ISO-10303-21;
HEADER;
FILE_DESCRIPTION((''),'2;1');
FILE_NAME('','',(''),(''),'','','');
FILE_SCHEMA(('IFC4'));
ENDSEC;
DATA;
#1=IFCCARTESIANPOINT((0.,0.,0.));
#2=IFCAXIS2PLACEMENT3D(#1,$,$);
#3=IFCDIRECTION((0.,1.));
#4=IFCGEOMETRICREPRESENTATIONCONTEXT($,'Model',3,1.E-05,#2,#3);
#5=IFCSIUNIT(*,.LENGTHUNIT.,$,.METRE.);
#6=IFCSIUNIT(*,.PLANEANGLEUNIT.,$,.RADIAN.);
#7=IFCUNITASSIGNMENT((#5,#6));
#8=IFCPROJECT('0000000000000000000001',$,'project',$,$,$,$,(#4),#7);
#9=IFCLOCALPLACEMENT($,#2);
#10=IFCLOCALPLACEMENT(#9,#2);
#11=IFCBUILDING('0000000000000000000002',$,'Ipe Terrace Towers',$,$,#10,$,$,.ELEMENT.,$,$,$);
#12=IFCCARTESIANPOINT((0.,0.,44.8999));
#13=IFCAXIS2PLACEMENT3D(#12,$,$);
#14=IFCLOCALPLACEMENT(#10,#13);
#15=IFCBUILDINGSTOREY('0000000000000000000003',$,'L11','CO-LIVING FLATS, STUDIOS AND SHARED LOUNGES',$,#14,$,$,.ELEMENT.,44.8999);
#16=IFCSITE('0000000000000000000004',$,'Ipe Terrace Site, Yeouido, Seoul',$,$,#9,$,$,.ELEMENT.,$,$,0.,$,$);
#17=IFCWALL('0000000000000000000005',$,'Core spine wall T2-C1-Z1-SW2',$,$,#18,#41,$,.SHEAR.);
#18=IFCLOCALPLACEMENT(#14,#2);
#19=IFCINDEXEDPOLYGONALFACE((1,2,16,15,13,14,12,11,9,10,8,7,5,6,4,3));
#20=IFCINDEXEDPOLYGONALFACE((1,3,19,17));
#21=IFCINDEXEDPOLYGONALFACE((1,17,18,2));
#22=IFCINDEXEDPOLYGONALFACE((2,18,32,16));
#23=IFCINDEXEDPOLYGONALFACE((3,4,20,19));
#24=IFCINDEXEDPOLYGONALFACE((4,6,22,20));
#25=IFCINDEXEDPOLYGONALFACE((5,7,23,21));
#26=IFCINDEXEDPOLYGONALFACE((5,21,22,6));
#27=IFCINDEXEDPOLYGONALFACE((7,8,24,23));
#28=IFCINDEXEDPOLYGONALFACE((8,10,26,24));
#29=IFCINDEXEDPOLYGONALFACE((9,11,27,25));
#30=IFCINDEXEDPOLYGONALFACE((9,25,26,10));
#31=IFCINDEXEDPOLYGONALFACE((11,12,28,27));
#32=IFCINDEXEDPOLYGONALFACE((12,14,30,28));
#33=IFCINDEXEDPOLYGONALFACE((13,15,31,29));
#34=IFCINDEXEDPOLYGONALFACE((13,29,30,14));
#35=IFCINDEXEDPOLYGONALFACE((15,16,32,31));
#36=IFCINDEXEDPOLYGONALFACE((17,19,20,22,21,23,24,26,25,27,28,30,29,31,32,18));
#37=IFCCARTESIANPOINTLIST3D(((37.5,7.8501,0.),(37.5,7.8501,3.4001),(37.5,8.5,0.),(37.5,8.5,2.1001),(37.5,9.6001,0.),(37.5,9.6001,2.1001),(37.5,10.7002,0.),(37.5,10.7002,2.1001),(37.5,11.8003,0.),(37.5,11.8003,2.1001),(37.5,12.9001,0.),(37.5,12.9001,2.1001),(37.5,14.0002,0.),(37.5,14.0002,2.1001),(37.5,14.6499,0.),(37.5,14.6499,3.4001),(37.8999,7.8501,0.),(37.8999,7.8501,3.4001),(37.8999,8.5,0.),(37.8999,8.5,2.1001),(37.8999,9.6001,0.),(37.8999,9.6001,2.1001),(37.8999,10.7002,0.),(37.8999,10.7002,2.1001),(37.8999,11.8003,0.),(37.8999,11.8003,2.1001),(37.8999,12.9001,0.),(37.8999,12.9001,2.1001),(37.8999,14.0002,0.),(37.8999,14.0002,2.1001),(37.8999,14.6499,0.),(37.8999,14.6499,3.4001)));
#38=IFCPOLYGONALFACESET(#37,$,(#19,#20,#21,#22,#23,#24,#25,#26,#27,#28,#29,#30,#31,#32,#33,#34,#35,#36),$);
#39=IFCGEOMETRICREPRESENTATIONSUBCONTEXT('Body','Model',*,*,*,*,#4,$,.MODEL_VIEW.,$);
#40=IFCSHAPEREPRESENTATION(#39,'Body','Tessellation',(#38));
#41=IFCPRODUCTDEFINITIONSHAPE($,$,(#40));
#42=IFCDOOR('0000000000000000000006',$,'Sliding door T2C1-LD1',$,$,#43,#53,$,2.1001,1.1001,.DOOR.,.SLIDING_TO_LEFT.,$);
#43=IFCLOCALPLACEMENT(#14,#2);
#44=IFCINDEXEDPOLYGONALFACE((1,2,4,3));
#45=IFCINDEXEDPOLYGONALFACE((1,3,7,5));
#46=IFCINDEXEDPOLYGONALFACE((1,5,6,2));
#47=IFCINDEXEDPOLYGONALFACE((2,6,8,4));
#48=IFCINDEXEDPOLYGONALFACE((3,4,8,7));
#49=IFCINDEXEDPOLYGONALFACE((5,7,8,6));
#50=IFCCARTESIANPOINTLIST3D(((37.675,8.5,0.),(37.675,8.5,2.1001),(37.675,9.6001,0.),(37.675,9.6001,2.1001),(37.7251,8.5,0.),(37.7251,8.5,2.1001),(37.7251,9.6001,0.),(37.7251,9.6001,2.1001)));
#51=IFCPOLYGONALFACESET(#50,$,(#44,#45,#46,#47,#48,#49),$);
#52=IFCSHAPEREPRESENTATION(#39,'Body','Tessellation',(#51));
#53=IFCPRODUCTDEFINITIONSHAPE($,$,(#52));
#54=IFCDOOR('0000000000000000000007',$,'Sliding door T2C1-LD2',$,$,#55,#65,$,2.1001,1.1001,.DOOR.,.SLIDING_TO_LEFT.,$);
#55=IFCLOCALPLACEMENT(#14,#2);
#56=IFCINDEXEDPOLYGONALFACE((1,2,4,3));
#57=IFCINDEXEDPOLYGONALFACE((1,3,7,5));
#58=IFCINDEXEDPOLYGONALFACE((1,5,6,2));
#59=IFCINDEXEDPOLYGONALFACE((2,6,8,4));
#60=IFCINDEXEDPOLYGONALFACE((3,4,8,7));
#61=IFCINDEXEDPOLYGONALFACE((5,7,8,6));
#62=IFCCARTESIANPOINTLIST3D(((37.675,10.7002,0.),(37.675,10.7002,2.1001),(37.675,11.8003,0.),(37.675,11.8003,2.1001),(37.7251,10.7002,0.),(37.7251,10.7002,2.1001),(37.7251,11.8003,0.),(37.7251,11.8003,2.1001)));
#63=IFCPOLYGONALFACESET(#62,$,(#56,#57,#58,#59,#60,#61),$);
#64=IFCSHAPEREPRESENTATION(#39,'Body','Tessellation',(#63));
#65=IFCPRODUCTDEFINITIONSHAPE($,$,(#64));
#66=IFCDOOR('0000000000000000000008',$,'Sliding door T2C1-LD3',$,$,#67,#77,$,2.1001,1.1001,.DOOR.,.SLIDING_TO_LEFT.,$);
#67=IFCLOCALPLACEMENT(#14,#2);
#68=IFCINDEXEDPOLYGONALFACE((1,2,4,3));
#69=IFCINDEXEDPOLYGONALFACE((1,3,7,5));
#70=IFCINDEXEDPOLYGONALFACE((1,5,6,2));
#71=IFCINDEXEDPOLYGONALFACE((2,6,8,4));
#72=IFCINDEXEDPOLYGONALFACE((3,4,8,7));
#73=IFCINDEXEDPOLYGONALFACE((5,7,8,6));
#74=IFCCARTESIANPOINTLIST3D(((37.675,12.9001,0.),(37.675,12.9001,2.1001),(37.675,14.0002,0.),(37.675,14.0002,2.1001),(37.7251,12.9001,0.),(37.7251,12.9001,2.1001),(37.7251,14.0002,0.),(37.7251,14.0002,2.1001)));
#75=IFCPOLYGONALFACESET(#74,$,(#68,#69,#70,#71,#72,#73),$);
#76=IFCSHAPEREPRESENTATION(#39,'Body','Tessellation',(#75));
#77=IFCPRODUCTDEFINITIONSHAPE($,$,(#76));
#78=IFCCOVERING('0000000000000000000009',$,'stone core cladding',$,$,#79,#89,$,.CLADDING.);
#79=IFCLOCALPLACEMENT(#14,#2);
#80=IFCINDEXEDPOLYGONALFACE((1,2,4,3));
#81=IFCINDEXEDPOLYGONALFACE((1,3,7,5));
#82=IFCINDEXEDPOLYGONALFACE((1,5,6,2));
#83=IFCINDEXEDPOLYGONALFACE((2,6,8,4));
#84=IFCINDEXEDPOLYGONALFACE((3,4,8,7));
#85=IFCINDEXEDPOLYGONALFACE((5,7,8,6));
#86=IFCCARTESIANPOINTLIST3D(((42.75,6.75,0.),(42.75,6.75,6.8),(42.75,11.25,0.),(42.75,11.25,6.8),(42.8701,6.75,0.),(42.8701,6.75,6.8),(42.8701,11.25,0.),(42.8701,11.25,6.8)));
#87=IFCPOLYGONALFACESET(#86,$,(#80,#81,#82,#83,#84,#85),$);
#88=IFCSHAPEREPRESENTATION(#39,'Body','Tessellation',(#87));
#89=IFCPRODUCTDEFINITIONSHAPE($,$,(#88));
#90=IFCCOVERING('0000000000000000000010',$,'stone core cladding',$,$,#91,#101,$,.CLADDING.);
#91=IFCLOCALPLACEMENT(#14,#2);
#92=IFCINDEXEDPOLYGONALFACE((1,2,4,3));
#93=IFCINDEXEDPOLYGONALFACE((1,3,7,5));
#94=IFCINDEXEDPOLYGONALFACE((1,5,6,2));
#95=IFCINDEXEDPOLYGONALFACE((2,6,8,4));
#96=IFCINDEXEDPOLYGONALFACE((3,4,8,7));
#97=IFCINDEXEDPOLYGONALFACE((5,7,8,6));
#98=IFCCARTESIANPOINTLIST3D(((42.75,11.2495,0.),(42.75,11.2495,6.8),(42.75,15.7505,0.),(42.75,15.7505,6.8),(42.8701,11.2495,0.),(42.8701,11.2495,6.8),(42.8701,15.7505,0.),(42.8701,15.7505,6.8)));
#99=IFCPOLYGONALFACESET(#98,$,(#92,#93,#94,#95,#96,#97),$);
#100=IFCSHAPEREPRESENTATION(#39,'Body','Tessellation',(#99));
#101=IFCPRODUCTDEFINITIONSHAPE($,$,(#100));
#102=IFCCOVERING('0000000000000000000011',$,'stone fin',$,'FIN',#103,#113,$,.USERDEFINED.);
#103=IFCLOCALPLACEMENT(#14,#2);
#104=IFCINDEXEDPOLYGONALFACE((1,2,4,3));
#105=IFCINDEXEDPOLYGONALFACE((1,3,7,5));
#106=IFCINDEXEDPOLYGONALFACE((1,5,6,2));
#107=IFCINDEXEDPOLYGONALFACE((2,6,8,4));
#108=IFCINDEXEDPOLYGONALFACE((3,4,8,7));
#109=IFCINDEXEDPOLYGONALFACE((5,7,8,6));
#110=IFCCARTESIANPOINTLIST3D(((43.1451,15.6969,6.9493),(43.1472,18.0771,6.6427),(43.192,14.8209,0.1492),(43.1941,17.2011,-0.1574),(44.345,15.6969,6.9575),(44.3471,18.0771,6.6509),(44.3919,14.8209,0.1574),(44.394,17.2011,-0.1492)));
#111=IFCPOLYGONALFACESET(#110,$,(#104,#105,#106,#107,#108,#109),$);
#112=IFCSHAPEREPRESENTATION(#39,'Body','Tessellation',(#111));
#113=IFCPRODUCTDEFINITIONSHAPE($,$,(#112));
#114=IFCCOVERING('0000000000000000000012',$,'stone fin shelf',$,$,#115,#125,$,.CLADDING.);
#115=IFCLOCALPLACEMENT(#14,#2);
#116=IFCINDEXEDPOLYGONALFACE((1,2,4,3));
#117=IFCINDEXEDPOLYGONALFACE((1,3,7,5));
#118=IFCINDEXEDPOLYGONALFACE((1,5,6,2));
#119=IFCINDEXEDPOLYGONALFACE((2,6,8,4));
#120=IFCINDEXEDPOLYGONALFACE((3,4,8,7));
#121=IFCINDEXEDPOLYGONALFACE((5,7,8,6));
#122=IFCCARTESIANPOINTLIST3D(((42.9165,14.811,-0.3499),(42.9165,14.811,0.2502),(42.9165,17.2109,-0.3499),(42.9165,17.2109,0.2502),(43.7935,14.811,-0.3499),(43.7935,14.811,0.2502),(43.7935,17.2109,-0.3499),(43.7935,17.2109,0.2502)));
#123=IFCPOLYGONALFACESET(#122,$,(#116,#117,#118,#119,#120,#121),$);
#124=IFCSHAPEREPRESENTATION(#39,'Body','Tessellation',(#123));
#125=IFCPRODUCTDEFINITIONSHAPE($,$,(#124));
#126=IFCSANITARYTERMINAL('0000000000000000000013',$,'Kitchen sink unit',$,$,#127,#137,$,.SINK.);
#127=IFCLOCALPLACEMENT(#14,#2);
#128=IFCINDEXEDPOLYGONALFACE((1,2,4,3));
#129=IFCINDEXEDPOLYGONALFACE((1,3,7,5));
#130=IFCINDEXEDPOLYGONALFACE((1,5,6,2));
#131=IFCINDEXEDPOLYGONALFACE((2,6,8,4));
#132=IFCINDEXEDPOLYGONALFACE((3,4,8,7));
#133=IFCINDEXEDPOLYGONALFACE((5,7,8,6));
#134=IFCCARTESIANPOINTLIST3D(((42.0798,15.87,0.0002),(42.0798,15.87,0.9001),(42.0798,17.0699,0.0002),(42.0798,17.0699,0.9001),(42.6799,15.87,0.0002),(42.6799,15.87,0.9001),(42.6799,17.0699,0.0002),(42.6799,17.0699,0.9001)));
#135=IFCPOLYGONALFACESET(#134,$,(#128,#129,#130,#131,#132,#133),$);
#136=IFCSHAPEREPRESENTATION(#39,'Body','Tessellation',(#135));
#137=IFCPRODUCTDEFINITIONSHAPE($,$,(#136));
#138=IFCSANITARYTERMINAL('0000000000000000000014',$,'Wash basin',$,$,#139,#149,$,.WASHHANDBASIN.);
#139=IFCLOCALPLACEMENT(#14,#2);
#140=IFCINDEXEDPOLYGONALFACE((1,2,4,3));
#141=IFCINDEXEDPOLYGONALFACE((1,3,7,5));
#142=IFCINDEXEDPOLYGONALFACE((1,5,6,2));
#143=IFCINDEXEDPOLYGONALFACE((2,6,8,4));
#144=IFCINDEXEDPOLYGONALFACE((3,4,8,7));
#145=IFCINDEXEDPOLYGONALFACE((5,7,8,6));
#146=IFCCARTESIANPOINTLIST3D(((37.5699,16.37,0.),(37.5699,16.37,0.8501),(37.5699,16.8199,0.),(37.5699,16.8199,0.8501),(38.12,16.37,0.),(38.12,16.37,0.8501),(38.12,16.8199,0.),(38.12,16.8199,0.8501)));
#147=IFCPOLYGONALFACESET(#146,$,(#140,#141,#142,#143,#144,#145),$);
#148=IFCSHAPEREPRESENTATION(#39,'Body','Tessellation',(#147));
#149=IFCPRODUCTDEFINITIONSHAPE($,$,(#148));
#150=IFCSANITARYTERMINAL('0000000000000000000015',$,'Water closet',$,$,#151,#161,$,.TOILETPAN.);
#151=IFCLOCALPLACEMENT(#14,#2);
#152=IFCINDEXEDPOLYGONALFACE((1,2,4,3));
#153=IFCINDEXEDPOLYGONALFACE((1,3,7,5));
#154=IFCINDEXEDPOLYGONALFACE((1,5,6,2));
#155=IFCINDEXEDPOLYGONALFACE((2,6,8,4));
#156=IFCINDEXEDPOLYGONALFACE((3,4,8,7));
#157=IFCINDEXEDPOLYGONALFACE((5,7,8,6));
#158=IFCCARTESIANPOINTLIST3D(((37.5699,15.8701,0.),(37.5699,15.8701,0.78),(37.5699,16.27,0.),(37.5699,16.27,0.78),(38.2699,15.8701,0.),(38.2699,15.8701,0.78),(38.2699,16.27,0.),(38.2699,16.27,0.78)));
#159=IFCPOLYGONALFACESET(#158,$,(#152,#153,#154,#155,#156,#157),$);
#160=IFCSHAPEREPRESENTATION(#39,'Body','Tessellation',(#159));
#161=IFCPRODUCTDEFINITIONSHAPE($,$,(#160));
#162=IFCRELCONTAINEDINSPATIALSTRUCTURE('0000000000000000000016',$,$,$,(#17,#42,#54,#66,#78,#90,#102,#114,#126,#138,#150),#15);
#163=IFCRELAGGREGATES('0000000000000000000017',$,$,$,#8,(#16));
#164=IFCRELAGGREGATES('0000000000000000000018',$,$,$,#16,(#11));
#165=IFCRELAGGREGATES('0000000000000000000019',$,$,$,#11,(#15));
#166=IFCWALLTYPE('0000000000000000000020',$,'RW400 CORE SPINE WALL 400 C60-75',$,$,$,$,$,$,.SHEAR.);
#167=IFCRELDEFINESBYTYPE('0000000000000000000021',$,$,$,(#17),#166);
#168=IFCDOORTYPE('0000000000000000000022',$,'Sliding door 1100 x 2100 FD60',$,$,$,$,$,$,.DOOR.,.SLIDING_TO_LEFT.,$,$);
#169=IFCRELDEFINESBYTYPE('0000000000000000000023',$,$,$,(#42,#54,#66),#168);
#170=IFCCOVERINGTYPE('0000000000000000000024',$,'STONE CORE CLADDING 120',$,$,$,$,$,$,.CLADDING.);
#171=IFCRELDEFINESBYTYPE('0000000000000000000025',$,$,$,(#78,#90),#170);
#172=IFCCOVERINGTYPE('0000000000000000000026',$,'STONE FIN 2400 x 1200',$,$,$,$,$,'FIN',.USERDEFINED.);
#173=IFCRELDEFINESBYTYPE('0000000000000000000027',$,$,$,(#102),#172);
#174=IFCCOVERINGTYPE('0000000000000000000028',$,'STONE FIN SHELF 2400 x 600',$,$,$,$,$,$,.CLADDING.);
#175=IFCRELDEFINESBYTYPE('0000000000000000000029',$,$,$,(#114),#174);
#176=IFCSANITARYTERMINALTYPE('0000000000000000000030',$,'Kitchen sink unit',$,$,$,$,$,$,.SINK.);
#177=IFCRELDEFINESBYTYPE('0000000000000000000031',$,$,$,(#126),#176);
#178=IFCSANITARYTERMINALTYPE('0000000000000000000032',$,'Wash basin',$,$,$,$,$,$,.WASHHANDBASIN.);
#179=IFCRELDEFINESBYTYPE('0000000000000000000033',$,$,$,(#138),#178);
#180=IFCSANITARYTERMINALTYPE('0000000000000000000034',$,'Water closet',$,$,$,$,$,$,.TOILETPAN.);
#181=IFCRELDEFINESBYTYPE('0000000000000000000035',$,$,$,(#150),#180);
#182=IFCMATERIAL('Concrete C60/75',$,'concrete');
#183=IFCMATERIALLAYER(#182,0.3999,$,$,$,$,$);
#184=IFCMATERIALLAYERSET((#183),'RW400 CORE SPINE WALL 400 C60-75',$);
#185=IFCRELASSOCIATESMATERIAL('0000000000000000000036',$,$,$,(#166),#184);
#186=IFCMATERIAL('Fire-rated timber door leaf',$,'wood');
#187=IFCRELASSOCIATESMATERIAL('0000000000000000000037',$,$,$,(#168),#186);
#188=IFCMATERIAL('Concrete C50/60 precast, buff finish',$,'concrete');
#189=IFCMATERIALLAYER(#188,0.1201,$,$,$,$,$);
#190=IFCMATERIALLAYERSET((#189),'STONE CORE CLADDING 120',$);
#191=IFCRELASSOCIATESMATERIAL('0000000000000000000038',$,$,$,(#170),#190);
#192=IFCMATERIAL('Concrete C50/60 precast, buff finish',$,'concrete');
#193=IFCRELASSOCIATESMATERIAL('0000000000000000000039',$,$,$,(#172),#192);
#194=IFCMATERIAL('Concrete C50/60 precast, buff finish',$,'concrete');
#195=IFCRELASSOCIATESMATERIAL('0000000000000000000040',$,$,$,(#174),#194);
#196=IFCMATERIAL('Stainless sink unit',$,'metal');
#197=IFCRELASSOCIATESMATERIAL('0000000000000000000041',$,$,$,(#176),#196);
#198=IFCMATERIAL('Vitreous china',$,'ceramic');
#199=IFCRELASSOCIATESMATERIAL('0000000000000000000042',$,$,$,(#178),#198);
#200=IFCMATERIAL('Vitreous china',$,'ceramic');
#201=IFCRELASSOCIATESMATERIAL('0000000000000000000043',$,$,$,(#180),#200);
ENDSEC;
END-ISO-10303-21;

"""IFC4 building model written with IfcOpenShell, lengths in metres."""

from ifc_helpers import new_model, si_unit, direction, frame, frame_2d, origin, origin_2d, place, context, subcontext, project, spatial, rectangle, extrude, material, layer, layer_set, material_profile, profile_set, type_object, element, fill, save


model = new_model("IFC4")

# Units and contexts
model_context = context("Model", 3, precision=1e-05, world=origin(), true_north=direction((0.0, 1.0)))
body_context = subcontext(model_context, "Body", "Model", "MODEL_VIEW")
ifc_project = project(units=[si_unit("LENGTHUNIT", "METRE"), si_unit("PLANEANGLEUNIT", "RADIAN")], contexts=[model_context])

# Site, building, storey
site_placement = place(None, origin())
site = spatial("IfcSite", under=ifc_project, at=site_placement, Name="Ipe Terrace Site, Yeouido, Seoul", CompositionType="ELEMENT", RefElevation=0.0)
building_placement = place(site_placement, origin())
building = spatial("IfcBuilding", under=site, at=building_placement, Name="Ipe Terrace Towers", CompositionType="ELEMENT")
storey_placement = place(building_placement, frame((0.0, 0.0, 44.8999)))
storey = spatial("IfcBuildingStorey", under=building, at=storey_placement, Name="L11", Description="CO-LIVING FLATS, STUDIOS AND SHARED LOUNGES", CompositionType="ELEMENT", Elevation=44.8999)

# Wall, openings, doors
ifc_material_1 = material(Name="Concrete C60/75", Category="concrete")
ifc_layer_1 = layer(ifc_material_1, 0.3999)
ifc_layer_set_1 = layer_set([ifc_layer_1], Name="RW400 CORE SPINE WALL 400 C60-75")
wall_type_1 = type_object("IfcWallType", Name="RW400 CORE SPINE WALL 400 C60-75", PredefinedType="SHEAR", material=ifc_layer_set_1)
wall_1_placement = place(storey_placement, frame((37.7, 7.8501, 0.0), z_axis=(0.0, 0.0, 1.0), x_axis=(0.0, 1.0, 0.0)))
wall_1 = element("IfcWall", 1, at=wall_1_placement, inside=storey, type_object=wall_type_1, Name="Core spine wall T2-C1-Z1-SW2", PredefinedType="SHEAR", context=body_context, shape_type="SweptSolid", body=[
    extrude(rectangle(XDim=6.7998, YDim=0.3999, at=frame_2d((3.3999, 0.0))), origin(), (0.0, 0.0, 1.0), 3.4001),
])
opening_1_placement = place(wall_1_placement, frame((0.6499, 0.0, 0.0)))
opening_1 = element("IfcOpeningElement", 2, at=opening_1_placement, cuts=wall_1, PredefinedType="OPENING", context=body_context, shape_type="SweptSolid", body=[
    extrude(rectangle(XDim=1.1001, YDim=2.1001, at=frame_2d((0.55, 1.05))), frame((0.0, 0.21, 0.0), z_axis=(0.0, -1.0, 0.0), x_axis=(1.0, 0.0, 0.0)), (0.0, 0.0, 1.0), 0.4199),
])
opening_2_placement = place(wall_1_placement, frame((2.8501, 0.0, 0.0)))
opening_2 = element("IfcOpeningElement", 3, at=opening_2_placement, cuts=wall_1, PredefinedType="OPENING", context=body_context, shape_type="SweptSolid", body=[
    extrude(rectangle(XDim=1.1001, YDim=2.1001, at=frame_2d((0.55, 1.05))), frame((0.0, 0.21, 0.0), z_axis=(0.0, -1.0, 0.0), x_axis=(1.0, 0.0, 0.0)), (0.0, 0.0, 1.0), 0.4199),
])
opening_3_placement = place(wall_1_placement, frame((5.05, 0.0, 0.0)))
opening_3 = element("IfcOpeningElement", 4, at=opening_3_placement, cuts=wall_1, PredefinedType="OPENING", context=body_context, shape_type="SweptSolid", body=[
    extrude(rectangle(XDim=1.1001, YDim=2.1001, at=frame_2d((0.55, 1.05))), frame((0.0, 0.21, 0.0), z_axis=(0.0, -1.0, 0.0), x_axis=(1.0, 0.0, 0.0)), (0.0, 0.0, 1.0), 0.4199),
])
ifc_material_2 = material(Name="Fire-rated timber door leaf", Category="wood")
door_type_1 = type_object("IfcDoorType", Name="Sliding door 1100 x 2100 FD60", OperationType="SLIDING_TO_LEFT", PredefinedType="DOOR", material=ifc_material_2)
door_1_placement = place(opening_1_placement, origin())
door_1 = element("IfcDoor", 5, at=door_1_placement, inside=storey, type_object=door_type_1, Name="Sliding door T2C1-LD1", OperationType="SLIDING_TO_LEFT", OverallHeight=2.1001, OverallWidth=1.1001, PredefinedType="DOOR", context=body_context, shape_type="SweptSolid", body=[
    extrude(rectangle(XDim=1.1001, YDim=2.1001, at=frame_2d((0.55, 1.05))), frame((0.0, 0.0249, 0.0), z_axis=(0.0, -1.0, 0.0), x_axis=(1.0, 0.0, 0.0)), (0.0, 0.0, 1.0), 0.05),
])
fill(opening_1, door_1)
door_2_placement = place(opening_2_placement, origin())
door_2 = element("IfcDoor", 6, at=door_2_placement, inside=storey, type_object=door_type_1, Name="Sliding door T2C1-LD2", OperationType="SLIDING_TO_LEFT", OverallHeight=2.1001, OverallWidth=1.1001, PredefinedType="DOOR", context=body_context, shape_type="SweptSolid", body=[
    extrude(rectangle(XDim=1.1001, YDim=2.1001, at=frame_2d((0.55, 1.05))), frame((0.0, 0.0249, 0.0), z_axis=(0.0, -1.0, 0.0), x_axis=(1.0, 0.0, 0.0)), (0.0, 0.0, 1.0), 0.05),
])
fill(opening_2, door_2)
door_3_placement = place(opening_3_placement, origin())
door_3 = element("IfcDoor", 7, at=door_3_placement, inside=storey, type_object=door_type_1, Name="Sliding door T2C1-LD3", OperationType="SLIDING_TO_LEFT", OverallHeight=2.1001, OverallWidth=1.1001, PredefinedType="DOOR", context=body_context, shape_type="SweptSolid", body=[
    extrude(rectangle(XDim=1.1001, YDim=2.1001, at=frame_2d((0.55, 1.05))), frame((0.0, 0.0249, 0.0), z_axis=(0.0, -1.0, 0.0), x_axis=(1.0, 0.0, 0.0)), (0.0, 0.0, 1.0), 0.05),
])
fill(opening_3, door_3)

# Coverings
ifc_material_3 = material(Name="Concrete C50/60 precast, buff finish", Category="concrete")
ifc_layer_2 = layer(ifc_material_3, 0.1201)
ifc_layer_set_2 = layer_set([ifc_layer_2], Name="STONE CORE CLADDING 120")
covering_type_1 = type_object("IfcCoveringType", Name="STONE CORE CLADDING 120", PredefinedType="CLADDING", material=ifc_layer_set_2)
covering_1_placement = place(storey_placement, frame((42.8101, 9.0, 0.0), z_axis=(0.0, 0.0, 1.0), x_axis=(0.0, 1.0, 0.0)))
element("IfcCovering", 8, at=covering_1_placement, inside=storey, type_object=covering_type_1, Name="stone core cladding", PredefinedType="CLADDING", context=body_context, shape_type="SweptSolid", body=[
    extrude(rectangle(XDim=4.5, YDim=0.1201, at=origin_2d()), origin(), (0.0, 0.0, 1.0), 6.8),
])
covering_2_placement = place(storey_placement, frame((42.8101, 13.5, 0.0), z_axis=(0.0, 0.0, 1.0), x_axis=(0.0, 1.0, 0.0)))
element("IfcCovering", 9, at=covering_2_placement, inside=storey, type_object=covering_type_1, Name="stone core cladding", PredefinedType="CLADDING", context=body_context, shape_type="SweptSolid", body=[
    extrude(rectangle(XDim=4.501, YDim=0.1201, at=origin_2d()), origin(), (0.0, 0.0, 1.0), 6.8),
])
ifc_material_4 = material(Name="Concrete C50/60 precast, buff finish", Category="concrete")
ifc_material_profile_1 = material_profile(ifc_material_4, rectangle(XDim=2.3999, YDim=1.2, at=origin_2d()), Name="STONE FIN 2400 x 1200")
ifc_profile_set_1 = profile_set([ifc_material_profile_1], Name="Concrete C50/60 precast, buff finish")
covering_type_2 = type_object("IfcCoveringType", Name="STONE FIN 2400 x 1200", ElementType="FIN", PredefinedType="USERDEFINED", material=ifc_profile_set_1)
covering_3_placement = place(storey_placement, frame((43.793, 16.011, 0.0), z_axis=(-0.006837, 0.12776, 0.991781), x_axis=(0.000881, 0.991805, -0.127757)))
element("IfcCovering", 10, at=covering_3_placement, inside=storey, type_object=covering_type_2, Name="stone fin", ObjectType="FIN", PredefinedType="USERDEFINED", context=body_context, shape_type="SweptSolid", body=[
    extrude(rectangle(XDim=2.3999, YDim=1.2, at=origin_2d()), origin(), (0.0, 0.0, 1.0), 6.8564),
])
ifc_material_5 = material(Name="Concrete C50/60 precast, buff finish", Category="concrete")
covering_type_3 = type_object("IfcCoveringType", Name="STONE FIN SHELF 2400 x 600", PredefinedType="CLADDING", material=ifc_material_5)
covering_4_placement = place(storey_placement, frame((43.355, 16.011, -0.3499), z_axis=(0.0, 0.0, 1.0), x_axis=(0.0, 1.0, 0.0)))
element("IfcCovering", 11, at=covering_4_placement, inside=storey, type_object=covering_type_3, Name="stone fin shelf", PredefinedType="CLADDING", context=body_context, shape_type="SweptSolid", body=[
    extrude(rectangle(XDim=2.3999, YDim=0.877, at=origin_2d()), origin(), (0.0, 0.0, 1.0), 0.6001),
])

# Sanitary terminals
ifc_material_6 = material(Name="Stainless sink unit", Category="metal")
sanitary_terminal_type_1 = type_object("IfcSanitaryTerminalType", Name="Kitchen sink unit", PredefinedType="SINK", material=ifc_material_6)
sanitary_terminal_1_placement = place(storey_placement, frame((42.3799, 16.47, 0.0002), z_axis=(0.0, 0.0, 1.0), x_axis=(0.0, -1.0, 0.0)))
element("IfcSanitaryTerminal", 12, at=sanitary_terminal_1_placement, inside=storey, type_object=sanitary_terminal_type_1, Name="Kitchen sink unit", PredefinedType="SINK", context=body_context, shape_type="SweptSolid", body=[
    extrude(rectangle(XDim=1.2, YDim=0.6001, at=origin_2d()), origin(), (0.0, 0.0, 1.0), 0.8999),
])
ifc_material_7 = material(Name="Vitreous china", Category="ceramic")
sanitary_terminal_type_2 = type_object("IfcSanitaryTerminalType", Name="Wash basin", PredefinedType="WASHHANDBASIN", material=ifc_material_7)
sanitary_terminal_2_placement = place(storey_placement, frame((37.845, 16.595, 0.0), z_axis=(0.0, 0.0, 1.0), x_axis=(1.0, 0.0, 0.0)))
element("IfcSanitaryTerminal", 13, at=sanitary_terminal_2_placement, inside=storey, type_object=sanitary_terminal_type_2, Name="Wash basin", PredefinedType="WASHHANDBASIN", context=body_context, shape_type="SweptSolid", body=[
    extrude(rectangle(XDim=0.55, YDim=0.45, at=origin_2d()), origin(), (0.0, 0.0, 1.0), 0.8501),
])
ifc_material_8 = material(Name="Vitreous china", Category="ceramic")
sanitary_terminal_type_3 = type_object("IfcSanitaryTerminalType", Name="Water closet", PredefinedType="TOILETPAN", material=ifc_material_8)
sanitary_terminal_3_placement = place(storey_placement, frame((37.9199, 16.0701, 0.0), z_axis=(0.0, 0.0, 1.0), x_axis=(1.0, 0.0, 0.0)))
element("IfcSanitaryTerminal", 14, at=sanitary_terminal_3_placement, inside=storey, type_object=sanitary_terminal_type_3, Name="Water closet", PredefinedType="TOILETPAN", context=body_context, shape_type="SweptSolid", body=[
    extrude(rectangle(XDim=0.7, YDim=0.3999, at=origin_2d()), origin(), (0.0, 0.0, 1.0), 0.78),
])

save(model, "model.ifc")
